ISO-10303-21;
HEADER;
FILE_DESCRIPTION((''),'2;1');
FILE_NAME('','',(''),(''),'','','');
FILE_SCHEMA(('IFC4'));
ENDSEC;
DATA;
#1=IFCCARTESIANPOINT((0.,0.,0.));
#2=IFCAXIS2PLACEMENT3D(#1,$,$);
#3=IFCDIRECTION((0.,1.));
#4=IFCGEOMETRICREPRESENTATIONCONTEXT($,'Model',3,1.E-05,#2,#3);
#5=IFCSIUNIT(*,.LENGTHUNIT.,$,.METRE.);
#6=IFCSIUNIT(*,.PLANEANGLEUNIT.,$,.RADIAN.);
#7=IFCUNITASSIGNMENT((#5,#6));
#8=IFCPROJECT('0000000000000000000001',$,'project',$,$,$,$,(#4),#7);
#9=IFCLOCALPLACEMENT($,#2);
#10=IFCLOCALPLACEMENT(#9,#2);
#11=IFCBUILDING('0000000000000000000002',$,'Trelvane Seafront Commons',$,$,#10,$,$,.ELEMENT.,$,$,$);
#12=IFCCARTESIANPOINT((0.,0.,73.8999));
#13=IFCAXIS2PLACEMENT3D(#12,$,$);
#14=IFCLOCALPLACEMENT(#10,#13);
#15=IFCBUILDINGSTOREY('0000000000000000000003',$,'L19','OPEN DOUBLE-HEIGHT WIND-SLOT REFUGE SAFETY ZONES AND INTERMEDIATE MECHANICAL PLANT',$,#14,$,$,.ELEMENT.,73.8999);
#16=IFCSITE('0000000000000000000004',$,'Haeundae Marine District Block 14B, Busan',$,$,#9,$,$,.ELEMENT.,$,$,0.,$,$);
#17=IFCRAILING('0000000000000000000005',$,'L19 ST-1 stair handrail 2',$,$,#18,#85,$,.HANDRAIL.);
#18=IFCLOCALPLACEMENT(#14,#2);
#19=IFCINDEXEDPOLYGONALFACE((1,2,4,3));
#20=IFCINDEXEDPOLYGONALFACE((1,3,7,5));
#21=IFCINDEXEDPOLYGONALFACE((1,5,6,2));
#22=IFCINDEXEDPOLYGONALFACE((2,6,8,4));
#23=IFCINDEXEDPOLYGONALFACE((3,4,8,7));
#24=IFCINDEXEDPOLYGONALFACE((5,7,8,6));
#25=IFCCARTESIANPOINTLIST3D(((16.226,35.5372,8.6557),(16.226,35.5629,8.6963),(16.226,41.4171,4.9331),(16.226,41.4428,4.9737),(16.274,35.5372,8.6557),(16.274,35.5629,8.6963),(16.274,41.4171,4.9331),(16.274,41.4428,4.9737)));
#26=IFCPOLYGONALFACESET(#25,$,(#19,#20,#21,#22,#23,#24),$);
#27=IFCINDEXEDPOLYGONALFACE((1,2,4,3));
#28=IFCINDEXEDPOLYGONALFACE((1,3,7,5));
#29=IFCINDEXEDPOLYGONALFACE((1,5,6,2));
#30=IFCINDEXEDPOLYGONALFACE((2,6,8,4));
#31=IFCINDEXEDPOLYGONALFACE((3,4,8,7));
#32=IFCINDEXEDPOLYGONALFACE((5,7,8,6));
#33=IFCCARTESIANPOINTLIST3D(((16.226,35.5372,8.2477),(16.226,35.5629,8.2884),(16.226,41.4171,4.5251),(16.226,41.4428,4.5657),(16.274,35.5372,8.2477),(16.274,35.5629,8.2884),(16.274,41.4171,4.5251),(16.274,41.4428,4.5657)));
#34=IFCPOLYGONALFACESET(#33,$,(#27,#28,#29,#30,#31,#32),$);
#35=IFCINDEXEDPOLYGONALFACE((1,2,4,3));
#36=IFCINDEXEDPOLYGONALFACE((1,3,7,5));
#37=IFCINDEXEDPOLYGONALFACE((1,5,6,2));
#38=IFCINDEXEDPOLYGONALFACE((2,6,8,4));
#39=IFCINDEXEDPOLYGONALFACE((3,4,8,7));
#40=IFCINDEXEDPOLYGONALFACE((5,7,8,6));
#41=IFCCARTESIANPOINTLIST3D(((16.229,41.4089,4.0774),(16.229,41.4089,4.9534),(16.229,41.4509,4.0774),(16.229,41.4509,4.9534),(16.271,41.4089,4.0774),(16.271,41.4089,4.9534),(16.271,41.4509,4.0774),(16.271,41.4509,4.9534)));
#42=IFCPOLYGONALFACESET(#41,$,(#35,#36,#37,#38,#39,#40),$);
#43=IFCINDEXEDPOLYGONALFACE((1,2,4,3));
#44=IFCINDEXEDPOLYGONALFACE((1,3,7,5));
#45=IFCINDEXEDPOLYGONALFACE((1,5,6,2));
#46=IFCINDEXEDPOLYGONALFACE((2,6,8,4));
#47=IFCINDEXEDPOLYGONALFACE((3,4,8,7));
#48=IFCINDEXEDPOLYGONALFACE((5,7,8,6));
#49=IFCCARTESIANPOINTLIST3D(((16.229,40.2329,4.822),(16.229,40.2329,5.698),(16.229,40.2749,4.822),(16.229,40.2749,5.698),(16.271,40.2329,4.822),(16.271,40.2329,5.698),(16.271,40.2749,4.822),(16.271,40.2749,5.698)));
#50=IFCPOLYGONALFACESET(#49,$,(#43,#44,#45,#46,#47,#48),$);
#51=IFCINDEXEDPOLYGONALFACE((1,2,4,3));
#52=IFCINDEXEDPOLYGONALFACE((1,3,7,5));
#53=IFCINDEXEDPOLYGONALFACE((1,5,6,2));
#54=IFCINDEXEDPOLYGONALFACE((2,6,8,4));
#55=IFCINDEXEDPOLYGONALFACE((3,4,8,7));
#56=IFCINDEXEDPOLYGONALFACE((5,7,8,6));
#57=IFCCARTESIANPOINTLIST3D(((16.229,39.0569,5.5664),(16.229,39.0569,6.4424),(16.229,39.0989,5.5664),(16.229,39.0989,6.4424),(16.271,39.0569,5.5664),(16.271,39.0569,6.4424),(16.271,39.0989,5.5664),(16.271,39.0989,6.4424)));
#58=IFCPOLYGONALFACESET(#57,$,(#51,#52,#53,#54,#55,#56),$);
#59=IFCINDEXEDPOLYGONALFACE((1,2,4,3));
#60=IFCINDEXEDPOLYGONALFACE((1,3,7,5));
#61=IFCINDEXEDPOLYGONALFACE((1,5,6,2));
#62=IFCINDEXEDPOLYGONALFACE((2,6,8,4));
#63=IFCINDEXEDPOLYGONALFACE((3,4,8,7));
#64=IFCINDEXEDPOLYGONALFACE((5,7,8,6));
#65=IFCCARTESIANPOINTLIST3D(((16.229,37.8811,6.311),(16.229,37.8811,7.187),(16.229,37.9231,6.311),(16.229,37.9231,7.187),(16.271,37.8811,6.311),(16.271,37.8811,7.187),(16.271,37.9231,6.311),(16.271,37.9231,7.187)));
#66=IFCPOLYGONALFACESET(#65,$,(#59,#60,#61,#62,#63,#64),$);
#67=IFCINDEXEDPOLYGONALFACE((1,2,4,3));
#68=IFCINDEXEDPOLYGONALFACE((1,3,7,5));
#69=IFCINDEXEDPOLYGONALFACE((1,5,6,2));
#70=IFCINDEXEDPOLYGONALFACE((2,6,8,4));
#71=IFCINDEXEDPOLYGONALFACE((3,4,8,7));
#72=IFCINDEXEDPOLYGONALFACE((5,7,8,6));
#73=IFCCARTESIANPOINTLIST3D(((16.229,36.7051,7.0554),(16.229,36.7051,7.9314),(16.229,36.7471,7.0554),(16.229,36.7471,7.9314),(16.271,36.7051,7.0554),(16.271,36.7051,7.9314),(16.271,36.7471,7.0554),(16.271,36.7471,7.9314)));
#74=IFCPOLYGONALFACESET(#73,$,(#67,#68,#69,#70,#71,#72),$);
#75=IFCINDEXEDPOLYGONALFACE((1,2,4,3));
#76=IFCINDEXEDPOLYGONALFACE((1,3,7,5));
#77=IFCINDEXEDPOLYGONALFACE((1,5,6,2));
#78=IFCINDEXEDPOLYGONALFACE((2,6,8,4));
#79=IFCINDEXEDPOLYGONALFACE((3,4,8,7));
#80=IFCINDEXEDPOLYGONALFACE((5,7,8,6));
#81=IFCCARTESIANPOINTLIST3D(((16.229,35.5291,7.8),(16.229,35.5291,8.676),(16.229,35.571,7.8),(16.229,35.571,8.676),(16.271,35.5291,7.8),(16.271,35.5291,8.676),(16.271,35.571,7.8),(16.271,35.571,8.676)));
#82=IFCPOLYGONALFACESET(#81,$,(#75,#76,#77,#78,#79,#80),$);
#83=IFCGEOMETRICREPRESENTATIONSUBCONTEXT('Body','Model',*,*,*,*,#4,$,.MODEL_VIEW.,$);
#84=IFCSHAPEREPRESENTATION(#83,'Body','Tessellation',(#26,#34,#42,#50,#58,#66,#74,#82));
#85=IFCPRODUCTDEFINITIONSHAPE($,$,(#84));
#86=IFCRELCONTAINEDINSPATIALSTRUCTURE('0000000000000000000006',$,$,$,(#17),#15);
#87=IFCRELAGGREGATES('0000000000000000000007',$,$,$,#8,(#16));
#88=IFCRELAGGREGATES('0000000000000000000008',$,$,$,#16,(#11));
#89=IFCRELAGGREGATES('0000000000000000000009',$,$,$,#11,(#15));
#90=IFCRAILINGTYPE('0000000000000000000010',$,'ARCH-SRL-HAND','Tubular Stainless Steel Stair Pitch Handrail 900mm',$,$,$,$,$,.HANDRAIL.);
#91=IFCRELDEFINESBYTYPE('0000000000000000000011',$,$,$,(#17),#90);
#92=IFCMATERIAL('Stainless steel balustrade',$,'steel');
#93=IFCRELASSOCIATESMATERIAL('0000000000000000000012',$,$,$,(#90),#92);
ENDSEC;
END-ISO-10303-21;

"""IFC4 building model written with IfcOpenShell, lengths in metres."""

from ifc_helpers import new_model, si_unit, direction, frame, origin, origin_2d, place, context, subcontext, project, spatial, rectangle, extrude, material, type_object, element, save


model = new_model("IFC4")

# Units and contexts
model_context = context("Model", 3, precision=1e-05, world=origin(), true_north=direction((0.0, 1.0)))
body_context = subcontext(model_context, "Body", "Model", "MODEL_VIEW")
ifc_project = project(units=[si_unit("LENGTHUNIT", "METRE"), si_unit("PLANEANGLEUNIT", "RADIAN")], contexts=[model_context])

# Site, building, storey
site_placement = place(None, origin())
site = spatial("IfcSite", under=ifc_project, at=site_placement, Name="Haeundae Marine District Block 14B, Busan", CompositionType="ELEMENT", RefElevation=0.0)
building_placement = place(site_placement, origin())
building = spatial("IfcBuilding", under=site, at=building_placement, Name="Trelvane Seafront Commons", CompositionType="ELEMENT")
storey_placement = place(building_placement, frame((0.0, 0.0, 73.8999)))
storey = spatial("IfcBuildingStorey", under=building, at=storey_placement, Name="L19", Description="OPEN DOUBLE-HEIGHT WIND-SLOT REFUGE SAFETY ZONES AND INTERMEDIATE MECHANICAL PLANT", CompositionType="ELEMENT", Elevation=73.8999)

# Railing
ifc_material_1 = material(Name="Stainless steel balustrade", Category="steel")
railing_type_1 = type_object("IfcRailingType", Name="ARCH-SRL-HAND", Description="Tubular Stainless Steel Stair Pitch Handrail 900mm", PredefinedType="HANDRAIL", material=ifc_material_1)
railing_1_placement = place(storey_placement, frame((16.25, 41.4299, 4.0774)))
element("IfcRailing", 1, at=railing_1_placement, inside=storey, type_object=railing_type_1, Name="L19 ST-1 stair handrail 2", PredefinedType="HANDRAIL", context=body_context, shape_type="SweptSolid", body=[
    extrude(rectangle(XDim=0.0481, YDim=0.0481, at=origin_2d()), frame((0.0, 0.0, 0.876), z_axis=(0.0, -0.844902, 0.534922), x_axis=(1.0, 0.0, 0.0)), (0.0, 0.0, 1.0), 6.9592),
    extrude(rectangle(XDim=0.0481, YDim=0.0481, at=origin_2d()), frame((0.0, 0.0, 0.468), z_axis=(0.0, -0.844902, 0.534922), x_axis=(1.0, 0.0, 0.0)), (0.0, 0.0, 1.0), 6.9592),
    extrude(rectangle(XDim=0.042, YDim=0.042, at=origin_2d()), origin(), (0.0, 0.0, 1.0), 0.876),
    extrude(rectangle(XDim=0.042, YDim=0.042, at=origin_2d()), frame((0.0, -1.176, 0.7446)), (0.0, 0.0, 1.0), 0.876),
    extrude(rectangle(XDim=0.042, YDim=0.042, at=origin_2d()), frame((0.0, -2.3521, 1.489)), (0.0, 0.0, 1.0), 0.876),
    extrude(rectangle(XDim=0.042, YDim=0.042, at=origin_2d()), frame((0.0, -3.5278, 2.2336)), (0.0, 0.0, 1.0), 0.876),
    extrude(rectangle(XDim=0.042, YDim=0.042, at=origin_2d()), frame((0.0, -4.7039, 2.978)), (0.0, 0.0, 1.0), 0.876),
    extrude(rectangle(XDim=0.042, YDim=0.042, at=origin_2d()), frame((0.0, -5.8799, 3.7227)), (0.0, 0.0, 1.0), 0.876),
])

save(model, "model.ifc")
